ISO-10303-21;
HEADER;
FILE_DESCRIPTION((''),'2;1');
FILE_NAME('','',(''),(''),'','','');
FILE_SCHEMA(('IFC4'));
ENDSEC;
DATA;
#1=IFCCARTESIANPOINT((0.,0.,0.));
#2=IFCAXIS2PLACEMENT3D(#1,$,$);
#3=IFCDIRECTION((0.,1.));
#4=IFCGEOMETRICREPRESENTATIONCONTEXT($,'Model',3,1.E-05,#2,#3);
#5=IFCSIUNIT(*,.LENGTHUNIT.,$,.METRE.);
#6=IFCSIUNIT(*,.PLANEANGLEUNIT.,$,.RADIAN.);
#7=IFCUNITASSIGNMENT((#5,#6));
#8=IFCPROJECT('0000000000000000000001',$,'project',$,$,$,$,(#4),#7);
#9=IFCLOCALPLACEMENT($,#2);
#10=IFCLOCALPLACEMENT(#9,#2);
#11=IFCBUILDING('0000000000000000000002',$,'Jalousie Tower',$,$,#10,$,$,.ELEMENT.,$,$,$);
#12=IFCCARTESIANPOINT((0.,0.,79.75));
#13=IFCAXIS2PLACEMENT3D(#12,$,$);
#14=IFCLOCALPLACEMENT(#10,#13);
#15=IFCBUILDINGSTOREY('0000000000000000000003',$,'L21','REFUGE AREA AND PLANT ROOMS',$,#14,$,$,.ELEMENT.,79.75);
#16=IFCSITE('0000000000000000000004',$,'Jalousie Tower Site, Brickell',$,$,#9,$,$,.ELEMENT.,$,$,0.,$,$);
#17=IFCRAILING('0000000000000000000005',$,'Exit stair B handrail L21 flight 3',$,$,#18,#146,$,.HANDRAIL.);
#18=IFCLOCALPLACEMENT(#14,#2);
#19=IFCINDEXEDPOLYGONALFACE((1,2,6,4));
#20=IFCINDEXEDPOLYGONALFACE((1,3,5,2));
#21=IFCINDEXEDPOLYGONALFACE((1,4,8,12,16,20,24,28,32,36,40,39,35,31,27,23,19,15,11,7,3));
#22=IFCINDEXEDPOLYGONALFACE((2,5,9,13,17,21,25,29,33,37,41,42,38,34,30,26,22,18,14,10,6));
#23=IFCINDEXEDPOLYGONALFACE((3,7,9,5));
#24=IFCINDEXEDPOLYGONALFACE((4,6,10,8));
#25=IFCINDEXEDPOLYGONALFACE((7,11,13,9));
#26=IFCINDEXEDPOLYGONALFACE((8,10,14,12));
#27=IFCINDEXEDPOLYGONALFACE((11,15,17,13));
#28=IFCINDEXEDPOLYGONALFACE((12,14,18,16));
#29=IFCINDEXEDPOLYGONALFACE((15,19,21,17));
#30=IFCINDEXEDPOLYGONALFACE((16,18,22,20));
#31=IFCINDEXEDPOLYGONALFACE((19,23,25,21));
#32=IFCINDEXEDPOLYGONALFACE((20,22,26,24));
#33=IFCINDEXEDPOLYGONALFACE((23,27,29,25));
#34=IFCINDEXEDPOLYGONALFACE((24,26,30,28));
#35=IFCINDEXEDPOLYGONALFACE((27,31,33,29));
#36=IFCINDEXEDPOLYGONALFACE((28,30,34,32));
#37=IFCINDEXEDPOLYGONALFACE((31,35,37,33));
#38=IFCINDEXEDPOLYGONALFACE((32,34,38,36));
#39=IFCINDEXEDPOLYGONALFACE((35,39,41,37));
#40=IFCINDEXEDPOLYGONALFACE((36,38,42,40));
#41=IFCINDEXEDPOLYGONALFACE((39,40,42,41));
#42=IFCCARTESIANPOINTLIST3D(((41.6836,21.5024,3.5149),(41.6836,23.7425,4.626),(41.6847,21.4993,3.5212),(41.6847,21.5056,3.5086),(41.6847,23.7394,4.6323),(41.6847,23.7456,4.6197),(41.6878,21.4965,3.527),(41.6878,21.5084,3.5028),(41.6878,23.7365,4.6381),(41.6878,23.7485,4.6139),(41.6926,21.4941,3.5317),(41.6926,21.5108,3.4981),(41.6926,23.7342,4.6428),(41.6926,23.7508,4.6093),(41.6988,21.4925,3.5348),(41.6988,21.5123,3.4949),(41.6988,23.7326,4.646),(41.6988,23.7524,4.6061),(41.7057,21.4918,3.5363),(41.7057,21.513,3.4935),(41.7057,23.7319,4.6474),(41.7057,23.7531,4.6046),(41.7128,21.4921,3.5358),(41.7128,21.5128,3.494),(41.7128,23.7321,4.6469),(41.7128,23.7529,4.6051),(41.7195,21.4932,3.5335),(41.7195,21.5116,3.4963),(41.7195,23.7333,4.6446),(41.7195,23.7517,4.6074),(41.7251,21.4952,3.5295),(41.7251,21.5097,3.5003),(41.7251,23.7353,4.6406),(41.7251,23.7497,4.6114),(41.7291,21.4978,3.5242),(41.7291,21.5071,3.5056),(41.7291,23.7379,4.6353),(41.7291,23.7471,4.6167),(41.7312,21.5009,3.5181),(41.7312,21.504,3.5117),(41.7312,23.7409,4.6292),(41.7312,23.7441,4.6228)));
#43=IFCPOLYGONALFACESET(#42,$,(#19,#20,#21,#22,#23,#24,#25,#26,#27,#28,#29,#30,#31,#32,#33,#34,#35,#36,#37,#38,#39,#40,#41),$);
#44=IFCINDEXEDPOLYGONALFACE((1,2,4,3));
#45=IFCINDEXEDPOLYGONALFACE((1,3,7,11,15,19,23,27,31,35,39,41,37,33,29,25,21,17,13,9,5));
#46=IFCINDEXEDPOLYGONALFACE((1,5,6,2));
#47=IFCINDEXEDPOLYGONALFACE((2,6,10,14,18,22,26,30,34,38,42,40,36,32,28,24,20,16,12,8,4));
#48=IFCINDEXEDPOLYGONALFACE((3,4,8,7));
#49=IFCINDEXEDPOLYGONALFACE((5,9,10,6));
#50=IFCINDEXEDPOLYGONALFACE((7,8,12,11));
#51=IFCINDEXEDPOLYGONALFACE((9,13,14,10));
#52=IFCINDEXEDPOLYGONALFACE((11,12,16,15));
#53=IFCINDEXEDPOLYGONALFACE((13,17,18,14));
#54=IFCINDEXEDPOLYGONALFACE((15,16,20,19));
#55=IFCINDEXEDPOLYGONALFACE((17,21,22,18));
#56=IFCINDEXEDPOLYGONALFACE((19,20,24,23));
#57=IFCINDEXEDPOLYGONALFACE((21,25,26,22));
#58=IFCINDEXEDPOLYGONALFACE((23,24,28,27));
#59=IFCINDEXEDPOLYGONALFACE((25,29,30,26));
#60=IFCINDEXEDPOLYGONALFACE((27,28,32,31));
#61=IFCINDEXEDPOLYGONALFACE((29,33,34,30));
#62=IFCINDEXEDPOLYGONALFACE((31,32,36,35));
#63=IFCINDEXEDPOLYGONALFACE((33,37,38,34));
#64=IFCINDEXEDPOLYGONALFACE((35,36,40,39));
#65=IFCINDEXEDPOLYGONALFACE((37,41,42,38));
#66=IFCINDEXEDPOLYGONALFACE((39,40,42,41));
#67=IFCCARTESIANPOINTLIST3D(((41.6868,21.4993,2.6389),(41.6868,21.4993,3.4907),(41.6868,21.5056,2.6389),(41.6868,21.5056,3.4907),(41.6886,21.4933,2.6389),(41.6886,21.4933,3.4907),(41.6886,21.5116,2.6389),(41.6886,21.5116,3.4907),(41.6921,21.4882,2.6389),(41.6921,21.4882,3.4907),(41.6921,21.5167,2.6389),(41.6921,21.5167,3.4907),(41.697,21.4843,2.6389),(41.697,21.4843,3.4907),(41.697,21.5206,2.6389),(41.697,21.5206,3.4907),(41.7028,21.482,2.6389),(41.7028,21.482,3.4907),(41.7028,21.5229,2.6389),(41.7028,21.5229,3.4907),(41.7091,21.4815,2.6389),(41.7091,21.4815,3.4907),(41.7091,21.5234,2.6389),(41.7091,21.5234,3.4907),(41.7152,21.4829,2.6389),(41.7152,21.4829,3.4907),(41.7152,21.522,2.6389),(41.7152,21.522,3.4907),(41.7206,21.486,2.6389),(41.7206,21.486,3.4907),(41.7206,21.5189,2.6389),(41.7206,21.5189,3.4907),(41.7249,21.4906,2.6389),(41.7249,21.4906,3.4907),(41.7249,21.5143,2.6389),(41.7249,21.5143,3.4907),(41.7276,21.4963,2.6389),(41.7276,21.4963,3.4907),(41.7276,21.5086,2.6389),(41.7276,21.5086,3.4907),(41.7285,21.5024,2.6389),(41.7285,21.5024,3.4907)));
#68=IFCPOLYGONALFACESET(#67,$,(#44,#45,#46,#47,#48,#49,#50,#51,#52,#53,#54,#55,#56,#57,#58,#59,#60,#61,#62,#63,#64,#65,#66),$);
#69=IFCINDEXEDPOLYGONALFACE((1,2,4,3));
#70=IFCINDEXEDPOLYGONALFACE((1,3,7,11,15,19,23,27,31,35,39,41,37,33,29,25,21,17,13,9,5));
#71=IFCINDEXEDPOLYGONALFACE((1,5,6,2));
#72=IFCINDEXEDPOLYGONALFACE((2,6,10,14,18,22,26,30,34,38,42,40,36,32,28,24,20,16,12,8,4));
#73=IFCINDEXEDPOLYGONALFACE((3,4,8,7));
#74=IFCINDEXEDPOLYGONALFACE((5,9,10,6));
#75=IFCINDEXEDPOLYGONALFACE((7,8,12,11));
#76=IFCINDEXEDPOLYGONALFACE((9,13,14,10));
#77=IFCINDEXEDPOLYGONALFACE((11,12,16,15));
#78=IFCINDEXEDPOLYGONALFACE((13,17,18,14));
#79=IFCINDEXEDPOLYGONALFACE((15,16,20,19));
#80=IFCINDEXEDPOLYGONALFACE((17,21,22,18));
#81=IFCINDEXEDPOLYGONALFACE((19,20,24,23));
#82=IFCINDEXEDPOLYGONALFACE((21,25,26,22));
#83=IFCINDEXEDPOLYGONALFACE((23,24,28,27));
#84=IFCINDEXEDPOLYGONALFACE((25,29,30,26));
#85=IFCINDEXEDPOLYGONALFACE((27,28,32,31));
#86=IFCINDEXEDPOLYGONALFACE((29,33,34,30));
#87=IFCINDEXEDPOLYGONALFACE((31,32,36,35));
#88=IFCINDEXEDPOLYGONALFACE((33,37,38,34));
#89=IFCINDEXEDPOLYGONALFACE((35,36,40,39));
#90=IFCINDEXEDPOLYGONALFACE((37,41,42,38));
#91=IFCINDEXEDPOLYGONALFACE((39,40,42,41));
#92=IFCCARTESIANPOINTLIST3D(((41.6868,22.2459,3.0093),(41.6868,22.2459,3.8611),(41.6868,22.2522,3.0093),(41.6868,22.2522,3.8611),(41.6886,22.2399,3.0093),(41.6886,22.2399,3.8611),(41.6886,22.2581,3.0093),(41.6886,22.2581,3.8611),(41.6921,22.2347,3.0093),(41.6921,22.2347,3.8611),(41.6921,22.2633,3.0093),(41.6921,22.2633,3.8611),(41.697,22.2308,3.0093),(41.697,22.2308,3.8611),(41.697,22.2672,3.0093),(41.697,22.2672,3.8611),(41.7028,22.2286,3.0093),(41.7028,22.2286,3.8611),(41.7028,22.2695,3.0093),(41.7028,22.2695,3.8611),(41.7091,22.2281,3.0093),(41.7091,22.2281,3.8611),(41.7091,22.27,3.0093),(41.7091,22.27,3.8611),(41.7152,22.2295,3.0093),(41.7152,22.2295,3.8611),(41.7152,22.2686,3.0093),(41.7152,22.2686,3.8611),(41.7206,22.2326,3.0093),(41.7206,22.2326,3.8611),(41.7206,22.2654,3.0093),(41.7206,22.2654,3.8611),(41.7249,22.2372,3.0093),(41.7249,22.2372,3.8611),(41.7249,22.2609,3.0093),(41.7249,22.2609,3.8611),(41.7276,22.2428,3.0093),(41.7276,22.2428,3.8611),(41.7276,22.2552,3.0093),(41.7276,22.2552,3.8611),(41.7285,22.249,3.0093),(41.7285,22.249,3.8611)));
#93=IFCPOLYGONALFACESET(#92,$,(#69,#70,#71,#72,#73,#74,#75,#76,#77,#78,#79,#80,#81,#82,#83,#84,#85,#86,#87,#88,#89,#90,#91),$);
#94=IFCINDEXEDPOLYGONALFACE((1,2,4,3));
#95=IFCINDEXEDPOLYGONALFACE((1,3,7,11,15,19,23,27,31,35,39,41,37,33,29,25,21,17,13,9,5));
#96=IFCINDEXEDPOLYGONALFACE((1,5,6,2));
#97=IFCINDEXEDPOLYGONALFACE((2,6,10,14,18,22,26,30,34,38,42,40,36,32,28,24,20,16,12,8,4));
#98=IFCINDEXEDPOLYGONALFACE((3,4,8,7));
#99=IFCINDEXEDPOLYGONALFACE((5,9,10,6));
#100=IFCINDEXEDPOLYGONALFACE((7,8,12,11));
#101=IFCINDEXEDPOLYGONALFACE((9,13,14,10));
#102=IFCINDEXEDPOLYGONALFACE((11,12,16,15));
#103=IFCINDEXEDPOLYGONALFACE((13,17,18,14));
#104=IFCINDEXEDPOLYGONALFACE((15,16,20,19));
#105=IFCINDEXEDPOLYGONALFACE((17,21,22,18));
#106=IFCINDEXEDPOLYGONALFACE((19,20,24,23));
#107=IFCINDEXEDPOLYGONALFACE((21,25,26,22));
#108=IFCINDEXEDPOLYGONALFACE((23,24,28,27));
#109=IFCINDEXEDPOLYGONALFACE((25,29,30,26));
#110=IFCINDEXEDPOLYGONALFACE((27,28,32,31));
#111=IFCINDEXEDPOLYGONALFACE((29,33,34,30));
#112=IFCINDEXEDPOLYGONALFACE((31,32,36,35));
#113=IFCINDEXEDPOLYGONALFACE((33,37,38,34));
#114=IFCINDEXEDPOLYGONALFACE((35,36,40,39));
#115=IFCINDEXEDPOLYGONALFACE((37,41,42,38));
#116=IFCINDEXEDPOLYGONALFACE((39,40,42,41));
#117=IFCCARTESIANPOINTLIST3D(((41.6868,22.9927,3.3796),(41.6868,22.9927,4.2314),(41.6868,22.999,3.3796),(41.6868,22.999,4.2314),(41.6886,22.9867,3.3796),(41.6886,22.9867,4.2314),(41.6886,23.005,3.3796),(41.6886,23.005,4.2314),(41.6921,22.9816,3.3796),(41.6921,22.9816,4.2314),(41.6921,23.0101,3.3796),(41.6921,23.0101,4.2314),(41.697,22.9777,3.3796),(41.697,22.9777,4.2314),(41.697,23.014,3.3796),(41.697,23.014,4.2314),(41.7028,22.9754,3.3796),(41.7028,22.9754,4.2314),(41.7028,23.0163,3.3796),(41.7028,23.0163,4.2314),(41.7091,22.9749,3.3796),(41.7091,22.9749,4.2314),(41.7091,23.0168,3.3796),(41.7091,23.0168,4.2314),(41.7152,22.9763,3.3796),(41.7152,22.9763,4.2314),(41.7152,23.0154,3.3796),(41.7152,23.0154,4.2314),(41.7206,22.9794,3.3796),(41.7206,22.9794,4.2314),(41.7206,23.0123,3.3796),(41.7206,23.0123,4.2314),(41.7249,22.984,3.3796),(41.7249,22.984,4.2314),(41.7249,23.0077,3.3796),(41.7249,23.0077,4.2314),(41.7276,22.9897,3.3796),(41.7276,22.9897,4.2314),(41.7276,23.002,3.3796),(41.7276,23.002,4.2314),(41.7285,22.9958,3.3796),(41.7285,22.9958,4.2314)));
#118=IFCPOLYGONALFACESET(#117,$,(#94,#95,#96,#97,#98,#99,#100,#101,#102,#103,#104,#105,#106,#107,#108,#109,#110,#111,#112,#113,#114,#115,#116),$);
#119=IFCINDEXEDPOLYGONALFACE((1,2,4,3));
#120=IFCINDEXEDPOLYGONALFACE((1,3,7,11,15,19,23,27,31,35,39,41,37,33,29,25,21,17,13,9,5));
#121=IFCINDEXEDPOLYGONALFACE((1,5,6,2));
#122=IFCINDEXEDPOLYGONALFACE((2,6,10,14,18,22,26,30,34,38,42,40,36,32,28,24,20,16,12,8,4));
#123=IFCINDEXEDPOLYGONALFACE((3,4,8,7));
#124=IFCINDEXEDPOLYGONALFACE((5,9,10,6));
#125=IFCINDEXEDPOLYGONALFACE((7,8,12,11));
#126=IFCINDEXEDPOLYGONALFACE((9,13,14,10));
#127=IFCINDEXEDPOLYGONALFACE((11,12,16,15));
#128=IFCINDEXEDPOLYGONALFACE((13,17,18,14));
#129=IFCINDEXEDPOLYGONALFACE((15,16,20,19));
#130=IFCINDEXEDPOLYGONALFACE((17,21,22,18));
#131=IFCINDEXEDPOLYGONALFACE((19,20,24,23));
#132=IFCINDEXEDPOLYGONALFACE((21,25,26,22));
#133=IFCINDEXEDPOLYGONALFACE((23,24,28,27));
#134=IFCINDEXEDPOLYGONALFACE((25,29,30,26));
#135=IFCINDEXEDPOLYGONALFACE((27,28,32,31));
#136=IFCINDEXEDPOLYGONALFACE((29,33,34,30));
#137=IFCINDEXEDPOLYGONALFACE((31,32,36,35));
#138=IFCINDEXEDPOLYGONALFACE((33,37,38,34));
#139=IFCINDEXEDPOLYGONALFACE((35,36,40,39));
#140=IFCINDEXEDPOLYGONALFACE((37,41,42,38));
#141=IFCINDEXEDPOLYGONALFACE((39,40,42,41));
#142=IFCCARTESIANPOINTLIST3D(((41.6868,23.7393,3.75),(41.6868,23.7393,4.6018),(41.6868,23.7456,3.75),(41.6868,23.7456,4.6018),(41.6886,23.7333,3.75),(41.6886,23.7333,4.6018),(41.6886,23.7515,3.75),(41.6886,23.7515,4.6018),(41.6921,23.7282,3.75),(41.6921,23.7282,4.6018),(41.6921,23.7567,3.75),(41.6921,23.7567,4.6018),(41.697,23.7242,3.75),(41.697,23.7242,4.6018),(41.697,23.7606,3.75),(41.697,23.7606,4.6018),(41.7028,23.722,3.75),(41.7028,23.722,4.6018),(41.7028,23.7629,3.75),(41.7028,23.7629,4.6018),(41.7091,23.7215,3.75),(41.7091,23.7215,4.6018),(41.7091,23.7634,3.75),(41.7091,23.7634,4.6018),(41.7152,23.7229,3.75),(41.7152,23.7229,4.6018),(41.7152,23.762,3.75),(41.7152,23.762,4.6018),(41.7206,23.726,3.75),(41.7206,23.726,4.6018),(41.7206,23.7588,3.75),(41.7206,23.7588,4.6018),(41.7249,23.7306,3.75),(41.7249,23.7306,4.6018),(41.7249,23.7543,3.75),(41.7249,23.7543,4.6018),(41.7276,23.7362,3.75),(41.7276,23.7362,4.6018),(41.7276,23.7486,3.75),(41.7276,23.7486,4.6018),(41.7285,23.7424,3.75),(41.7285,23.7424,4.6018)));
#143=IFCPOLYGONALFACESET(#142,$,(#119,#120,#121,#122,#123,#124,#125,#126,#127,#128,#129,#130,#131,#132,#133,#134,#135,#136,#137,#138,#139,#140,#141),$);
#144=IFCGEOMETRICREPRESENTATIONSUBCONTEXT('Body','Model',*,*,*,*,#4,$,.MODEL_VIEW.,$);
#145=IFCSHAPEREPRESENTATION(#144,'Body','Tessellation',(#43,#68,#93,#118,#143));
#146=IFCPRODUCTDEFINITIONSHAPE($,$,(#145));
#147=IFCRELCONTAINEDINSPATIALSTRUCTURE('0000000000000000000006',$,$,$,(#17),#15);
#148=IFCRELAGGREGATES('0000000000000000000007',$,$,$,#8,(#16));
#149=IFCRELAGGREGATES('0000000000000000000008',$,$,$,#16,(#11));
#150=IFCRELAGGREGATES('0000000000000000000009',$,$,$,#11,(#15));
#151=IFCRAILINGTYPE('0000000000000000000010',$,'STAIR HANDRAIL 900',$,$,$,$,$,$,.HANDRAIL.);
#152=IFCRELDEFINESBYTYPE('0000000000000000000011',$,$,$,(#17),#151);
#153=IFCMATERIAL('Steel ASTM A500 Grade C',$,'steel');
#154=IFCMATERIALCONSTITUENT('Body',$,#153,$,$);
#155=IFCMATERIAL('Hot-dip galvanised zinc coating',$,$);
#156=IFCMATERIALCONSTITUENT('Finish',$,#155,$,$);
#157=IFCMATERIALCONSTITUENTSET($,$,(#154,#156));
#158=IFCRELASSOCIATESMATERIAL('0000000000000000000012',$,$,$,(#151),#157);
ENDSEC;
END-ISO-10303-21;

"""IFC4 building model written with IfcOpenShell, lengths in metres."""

from ifc_helpers import new_model, si_unit, direction, frame, origin, origin_2d, place, context, subcontext, project, spatial, circle, extrude, material, constituent, constituent_set, type_object, element, save


model = new_model("IFC4")

# Units and contexts
model_context = context("Model", 3, precision=1e-05, world=origin(), true_north=direction((0.0, 1.0)))
body_context = subcontext(model_context, "Body", "Model", "MODEL_VIEW")
ifc_project = project(units=[si_unit("LENGTHUNIT", "METRE"), si_unit("PLANEANGLEUNIT", "RADIAN")], contexts=[model_context])

# Site, building, storey
site_placement = place(None, origin())
site = spatial("IfcSite", under=ifc_project, at=site_placement, Name="Jalousie Tower Site, Brickell", CompositionType="ELEMENT", RefElevation=0.0)
building_placement = place(site_placement, origin())
building = spatial("IfcBuilding", under=site, at=building_placement, Name="Jalousie Tower", CompositionType="ELEMENT")
storey_placement = place(building_placement, frame((0.0, 0.0, 79.75)))
storey = spatial("IfcBuildingStorey", under=building, at=storey_placement, Name="L21", Description="REFUGE AREA AND PLANT ROOMS", CompositionType="ELEMENT", Elevation=79.75)

# Railing
ifc_material_1 = material(Name="Steel ASTM A500 Grade C", Category="steel")
ifc_constituent_1 = constituent(ifc_material_1, Name="Body")
ifc_material_2 = material(Name="Hot-dip galvanised zinc coating")
ifc_constituent_2 = constituent(ifc_material_2, Name="Finish")
ifc_constituent_set_1 = constituent_set(constituents=[ifc_constituent_1, ifc_constituent_2])
railing_type_1 = type_object("IfcRailingType", Name="STAIR HANDRAIL 900", PredefinedType="HANDRAIL", material=ifc_constituent_set_1)
railing_1_placement = place(storey_placement, frame((41.7075, 21.5024, 2.6389)))
element("IfcRailing", 1, at=railing_1_placement, inside=storey, type_object=railing_type_1, Name="Exit stair B handrail L21 flight 3", PredefinedType="HANDRAIL", context=body_context, shape_type="SweptSolid", body=[
    extrude(circle(Radius=0.0239, at=origin_2d()), frame((0.0, 0.0, 0.876), z_axis=(0.0, 0.895848, 0.44436), x_axis=(-1.0, 0.0, 0.0)), (0.0, 0.0, 1.0), 2.5005),
    extrude(circle(Radius=0.021, at=origin_2d()), origin(), (0.0, 0.0, 1.0), 0.8518),
    extrude(circle(Radius=0.021, at=origin_2d()), frame((0.0, 0.7466, 0.3704)), (0.0, 0.0, 1.0), 0.8518),
    extrude(circle(Radius=0.021, at=origin_2d()), frame((0.0, 1.4934, 0.7407)), (0.0, 0.0, 1.0), 0.8518),
    extrude(circle(Radius=0.021, at=origin_2d()), frame((0.0, 2.24, 1.1111)), (0.0, 0.0, 1.0), 0.8518),
])

save(model, "model.ifc")
